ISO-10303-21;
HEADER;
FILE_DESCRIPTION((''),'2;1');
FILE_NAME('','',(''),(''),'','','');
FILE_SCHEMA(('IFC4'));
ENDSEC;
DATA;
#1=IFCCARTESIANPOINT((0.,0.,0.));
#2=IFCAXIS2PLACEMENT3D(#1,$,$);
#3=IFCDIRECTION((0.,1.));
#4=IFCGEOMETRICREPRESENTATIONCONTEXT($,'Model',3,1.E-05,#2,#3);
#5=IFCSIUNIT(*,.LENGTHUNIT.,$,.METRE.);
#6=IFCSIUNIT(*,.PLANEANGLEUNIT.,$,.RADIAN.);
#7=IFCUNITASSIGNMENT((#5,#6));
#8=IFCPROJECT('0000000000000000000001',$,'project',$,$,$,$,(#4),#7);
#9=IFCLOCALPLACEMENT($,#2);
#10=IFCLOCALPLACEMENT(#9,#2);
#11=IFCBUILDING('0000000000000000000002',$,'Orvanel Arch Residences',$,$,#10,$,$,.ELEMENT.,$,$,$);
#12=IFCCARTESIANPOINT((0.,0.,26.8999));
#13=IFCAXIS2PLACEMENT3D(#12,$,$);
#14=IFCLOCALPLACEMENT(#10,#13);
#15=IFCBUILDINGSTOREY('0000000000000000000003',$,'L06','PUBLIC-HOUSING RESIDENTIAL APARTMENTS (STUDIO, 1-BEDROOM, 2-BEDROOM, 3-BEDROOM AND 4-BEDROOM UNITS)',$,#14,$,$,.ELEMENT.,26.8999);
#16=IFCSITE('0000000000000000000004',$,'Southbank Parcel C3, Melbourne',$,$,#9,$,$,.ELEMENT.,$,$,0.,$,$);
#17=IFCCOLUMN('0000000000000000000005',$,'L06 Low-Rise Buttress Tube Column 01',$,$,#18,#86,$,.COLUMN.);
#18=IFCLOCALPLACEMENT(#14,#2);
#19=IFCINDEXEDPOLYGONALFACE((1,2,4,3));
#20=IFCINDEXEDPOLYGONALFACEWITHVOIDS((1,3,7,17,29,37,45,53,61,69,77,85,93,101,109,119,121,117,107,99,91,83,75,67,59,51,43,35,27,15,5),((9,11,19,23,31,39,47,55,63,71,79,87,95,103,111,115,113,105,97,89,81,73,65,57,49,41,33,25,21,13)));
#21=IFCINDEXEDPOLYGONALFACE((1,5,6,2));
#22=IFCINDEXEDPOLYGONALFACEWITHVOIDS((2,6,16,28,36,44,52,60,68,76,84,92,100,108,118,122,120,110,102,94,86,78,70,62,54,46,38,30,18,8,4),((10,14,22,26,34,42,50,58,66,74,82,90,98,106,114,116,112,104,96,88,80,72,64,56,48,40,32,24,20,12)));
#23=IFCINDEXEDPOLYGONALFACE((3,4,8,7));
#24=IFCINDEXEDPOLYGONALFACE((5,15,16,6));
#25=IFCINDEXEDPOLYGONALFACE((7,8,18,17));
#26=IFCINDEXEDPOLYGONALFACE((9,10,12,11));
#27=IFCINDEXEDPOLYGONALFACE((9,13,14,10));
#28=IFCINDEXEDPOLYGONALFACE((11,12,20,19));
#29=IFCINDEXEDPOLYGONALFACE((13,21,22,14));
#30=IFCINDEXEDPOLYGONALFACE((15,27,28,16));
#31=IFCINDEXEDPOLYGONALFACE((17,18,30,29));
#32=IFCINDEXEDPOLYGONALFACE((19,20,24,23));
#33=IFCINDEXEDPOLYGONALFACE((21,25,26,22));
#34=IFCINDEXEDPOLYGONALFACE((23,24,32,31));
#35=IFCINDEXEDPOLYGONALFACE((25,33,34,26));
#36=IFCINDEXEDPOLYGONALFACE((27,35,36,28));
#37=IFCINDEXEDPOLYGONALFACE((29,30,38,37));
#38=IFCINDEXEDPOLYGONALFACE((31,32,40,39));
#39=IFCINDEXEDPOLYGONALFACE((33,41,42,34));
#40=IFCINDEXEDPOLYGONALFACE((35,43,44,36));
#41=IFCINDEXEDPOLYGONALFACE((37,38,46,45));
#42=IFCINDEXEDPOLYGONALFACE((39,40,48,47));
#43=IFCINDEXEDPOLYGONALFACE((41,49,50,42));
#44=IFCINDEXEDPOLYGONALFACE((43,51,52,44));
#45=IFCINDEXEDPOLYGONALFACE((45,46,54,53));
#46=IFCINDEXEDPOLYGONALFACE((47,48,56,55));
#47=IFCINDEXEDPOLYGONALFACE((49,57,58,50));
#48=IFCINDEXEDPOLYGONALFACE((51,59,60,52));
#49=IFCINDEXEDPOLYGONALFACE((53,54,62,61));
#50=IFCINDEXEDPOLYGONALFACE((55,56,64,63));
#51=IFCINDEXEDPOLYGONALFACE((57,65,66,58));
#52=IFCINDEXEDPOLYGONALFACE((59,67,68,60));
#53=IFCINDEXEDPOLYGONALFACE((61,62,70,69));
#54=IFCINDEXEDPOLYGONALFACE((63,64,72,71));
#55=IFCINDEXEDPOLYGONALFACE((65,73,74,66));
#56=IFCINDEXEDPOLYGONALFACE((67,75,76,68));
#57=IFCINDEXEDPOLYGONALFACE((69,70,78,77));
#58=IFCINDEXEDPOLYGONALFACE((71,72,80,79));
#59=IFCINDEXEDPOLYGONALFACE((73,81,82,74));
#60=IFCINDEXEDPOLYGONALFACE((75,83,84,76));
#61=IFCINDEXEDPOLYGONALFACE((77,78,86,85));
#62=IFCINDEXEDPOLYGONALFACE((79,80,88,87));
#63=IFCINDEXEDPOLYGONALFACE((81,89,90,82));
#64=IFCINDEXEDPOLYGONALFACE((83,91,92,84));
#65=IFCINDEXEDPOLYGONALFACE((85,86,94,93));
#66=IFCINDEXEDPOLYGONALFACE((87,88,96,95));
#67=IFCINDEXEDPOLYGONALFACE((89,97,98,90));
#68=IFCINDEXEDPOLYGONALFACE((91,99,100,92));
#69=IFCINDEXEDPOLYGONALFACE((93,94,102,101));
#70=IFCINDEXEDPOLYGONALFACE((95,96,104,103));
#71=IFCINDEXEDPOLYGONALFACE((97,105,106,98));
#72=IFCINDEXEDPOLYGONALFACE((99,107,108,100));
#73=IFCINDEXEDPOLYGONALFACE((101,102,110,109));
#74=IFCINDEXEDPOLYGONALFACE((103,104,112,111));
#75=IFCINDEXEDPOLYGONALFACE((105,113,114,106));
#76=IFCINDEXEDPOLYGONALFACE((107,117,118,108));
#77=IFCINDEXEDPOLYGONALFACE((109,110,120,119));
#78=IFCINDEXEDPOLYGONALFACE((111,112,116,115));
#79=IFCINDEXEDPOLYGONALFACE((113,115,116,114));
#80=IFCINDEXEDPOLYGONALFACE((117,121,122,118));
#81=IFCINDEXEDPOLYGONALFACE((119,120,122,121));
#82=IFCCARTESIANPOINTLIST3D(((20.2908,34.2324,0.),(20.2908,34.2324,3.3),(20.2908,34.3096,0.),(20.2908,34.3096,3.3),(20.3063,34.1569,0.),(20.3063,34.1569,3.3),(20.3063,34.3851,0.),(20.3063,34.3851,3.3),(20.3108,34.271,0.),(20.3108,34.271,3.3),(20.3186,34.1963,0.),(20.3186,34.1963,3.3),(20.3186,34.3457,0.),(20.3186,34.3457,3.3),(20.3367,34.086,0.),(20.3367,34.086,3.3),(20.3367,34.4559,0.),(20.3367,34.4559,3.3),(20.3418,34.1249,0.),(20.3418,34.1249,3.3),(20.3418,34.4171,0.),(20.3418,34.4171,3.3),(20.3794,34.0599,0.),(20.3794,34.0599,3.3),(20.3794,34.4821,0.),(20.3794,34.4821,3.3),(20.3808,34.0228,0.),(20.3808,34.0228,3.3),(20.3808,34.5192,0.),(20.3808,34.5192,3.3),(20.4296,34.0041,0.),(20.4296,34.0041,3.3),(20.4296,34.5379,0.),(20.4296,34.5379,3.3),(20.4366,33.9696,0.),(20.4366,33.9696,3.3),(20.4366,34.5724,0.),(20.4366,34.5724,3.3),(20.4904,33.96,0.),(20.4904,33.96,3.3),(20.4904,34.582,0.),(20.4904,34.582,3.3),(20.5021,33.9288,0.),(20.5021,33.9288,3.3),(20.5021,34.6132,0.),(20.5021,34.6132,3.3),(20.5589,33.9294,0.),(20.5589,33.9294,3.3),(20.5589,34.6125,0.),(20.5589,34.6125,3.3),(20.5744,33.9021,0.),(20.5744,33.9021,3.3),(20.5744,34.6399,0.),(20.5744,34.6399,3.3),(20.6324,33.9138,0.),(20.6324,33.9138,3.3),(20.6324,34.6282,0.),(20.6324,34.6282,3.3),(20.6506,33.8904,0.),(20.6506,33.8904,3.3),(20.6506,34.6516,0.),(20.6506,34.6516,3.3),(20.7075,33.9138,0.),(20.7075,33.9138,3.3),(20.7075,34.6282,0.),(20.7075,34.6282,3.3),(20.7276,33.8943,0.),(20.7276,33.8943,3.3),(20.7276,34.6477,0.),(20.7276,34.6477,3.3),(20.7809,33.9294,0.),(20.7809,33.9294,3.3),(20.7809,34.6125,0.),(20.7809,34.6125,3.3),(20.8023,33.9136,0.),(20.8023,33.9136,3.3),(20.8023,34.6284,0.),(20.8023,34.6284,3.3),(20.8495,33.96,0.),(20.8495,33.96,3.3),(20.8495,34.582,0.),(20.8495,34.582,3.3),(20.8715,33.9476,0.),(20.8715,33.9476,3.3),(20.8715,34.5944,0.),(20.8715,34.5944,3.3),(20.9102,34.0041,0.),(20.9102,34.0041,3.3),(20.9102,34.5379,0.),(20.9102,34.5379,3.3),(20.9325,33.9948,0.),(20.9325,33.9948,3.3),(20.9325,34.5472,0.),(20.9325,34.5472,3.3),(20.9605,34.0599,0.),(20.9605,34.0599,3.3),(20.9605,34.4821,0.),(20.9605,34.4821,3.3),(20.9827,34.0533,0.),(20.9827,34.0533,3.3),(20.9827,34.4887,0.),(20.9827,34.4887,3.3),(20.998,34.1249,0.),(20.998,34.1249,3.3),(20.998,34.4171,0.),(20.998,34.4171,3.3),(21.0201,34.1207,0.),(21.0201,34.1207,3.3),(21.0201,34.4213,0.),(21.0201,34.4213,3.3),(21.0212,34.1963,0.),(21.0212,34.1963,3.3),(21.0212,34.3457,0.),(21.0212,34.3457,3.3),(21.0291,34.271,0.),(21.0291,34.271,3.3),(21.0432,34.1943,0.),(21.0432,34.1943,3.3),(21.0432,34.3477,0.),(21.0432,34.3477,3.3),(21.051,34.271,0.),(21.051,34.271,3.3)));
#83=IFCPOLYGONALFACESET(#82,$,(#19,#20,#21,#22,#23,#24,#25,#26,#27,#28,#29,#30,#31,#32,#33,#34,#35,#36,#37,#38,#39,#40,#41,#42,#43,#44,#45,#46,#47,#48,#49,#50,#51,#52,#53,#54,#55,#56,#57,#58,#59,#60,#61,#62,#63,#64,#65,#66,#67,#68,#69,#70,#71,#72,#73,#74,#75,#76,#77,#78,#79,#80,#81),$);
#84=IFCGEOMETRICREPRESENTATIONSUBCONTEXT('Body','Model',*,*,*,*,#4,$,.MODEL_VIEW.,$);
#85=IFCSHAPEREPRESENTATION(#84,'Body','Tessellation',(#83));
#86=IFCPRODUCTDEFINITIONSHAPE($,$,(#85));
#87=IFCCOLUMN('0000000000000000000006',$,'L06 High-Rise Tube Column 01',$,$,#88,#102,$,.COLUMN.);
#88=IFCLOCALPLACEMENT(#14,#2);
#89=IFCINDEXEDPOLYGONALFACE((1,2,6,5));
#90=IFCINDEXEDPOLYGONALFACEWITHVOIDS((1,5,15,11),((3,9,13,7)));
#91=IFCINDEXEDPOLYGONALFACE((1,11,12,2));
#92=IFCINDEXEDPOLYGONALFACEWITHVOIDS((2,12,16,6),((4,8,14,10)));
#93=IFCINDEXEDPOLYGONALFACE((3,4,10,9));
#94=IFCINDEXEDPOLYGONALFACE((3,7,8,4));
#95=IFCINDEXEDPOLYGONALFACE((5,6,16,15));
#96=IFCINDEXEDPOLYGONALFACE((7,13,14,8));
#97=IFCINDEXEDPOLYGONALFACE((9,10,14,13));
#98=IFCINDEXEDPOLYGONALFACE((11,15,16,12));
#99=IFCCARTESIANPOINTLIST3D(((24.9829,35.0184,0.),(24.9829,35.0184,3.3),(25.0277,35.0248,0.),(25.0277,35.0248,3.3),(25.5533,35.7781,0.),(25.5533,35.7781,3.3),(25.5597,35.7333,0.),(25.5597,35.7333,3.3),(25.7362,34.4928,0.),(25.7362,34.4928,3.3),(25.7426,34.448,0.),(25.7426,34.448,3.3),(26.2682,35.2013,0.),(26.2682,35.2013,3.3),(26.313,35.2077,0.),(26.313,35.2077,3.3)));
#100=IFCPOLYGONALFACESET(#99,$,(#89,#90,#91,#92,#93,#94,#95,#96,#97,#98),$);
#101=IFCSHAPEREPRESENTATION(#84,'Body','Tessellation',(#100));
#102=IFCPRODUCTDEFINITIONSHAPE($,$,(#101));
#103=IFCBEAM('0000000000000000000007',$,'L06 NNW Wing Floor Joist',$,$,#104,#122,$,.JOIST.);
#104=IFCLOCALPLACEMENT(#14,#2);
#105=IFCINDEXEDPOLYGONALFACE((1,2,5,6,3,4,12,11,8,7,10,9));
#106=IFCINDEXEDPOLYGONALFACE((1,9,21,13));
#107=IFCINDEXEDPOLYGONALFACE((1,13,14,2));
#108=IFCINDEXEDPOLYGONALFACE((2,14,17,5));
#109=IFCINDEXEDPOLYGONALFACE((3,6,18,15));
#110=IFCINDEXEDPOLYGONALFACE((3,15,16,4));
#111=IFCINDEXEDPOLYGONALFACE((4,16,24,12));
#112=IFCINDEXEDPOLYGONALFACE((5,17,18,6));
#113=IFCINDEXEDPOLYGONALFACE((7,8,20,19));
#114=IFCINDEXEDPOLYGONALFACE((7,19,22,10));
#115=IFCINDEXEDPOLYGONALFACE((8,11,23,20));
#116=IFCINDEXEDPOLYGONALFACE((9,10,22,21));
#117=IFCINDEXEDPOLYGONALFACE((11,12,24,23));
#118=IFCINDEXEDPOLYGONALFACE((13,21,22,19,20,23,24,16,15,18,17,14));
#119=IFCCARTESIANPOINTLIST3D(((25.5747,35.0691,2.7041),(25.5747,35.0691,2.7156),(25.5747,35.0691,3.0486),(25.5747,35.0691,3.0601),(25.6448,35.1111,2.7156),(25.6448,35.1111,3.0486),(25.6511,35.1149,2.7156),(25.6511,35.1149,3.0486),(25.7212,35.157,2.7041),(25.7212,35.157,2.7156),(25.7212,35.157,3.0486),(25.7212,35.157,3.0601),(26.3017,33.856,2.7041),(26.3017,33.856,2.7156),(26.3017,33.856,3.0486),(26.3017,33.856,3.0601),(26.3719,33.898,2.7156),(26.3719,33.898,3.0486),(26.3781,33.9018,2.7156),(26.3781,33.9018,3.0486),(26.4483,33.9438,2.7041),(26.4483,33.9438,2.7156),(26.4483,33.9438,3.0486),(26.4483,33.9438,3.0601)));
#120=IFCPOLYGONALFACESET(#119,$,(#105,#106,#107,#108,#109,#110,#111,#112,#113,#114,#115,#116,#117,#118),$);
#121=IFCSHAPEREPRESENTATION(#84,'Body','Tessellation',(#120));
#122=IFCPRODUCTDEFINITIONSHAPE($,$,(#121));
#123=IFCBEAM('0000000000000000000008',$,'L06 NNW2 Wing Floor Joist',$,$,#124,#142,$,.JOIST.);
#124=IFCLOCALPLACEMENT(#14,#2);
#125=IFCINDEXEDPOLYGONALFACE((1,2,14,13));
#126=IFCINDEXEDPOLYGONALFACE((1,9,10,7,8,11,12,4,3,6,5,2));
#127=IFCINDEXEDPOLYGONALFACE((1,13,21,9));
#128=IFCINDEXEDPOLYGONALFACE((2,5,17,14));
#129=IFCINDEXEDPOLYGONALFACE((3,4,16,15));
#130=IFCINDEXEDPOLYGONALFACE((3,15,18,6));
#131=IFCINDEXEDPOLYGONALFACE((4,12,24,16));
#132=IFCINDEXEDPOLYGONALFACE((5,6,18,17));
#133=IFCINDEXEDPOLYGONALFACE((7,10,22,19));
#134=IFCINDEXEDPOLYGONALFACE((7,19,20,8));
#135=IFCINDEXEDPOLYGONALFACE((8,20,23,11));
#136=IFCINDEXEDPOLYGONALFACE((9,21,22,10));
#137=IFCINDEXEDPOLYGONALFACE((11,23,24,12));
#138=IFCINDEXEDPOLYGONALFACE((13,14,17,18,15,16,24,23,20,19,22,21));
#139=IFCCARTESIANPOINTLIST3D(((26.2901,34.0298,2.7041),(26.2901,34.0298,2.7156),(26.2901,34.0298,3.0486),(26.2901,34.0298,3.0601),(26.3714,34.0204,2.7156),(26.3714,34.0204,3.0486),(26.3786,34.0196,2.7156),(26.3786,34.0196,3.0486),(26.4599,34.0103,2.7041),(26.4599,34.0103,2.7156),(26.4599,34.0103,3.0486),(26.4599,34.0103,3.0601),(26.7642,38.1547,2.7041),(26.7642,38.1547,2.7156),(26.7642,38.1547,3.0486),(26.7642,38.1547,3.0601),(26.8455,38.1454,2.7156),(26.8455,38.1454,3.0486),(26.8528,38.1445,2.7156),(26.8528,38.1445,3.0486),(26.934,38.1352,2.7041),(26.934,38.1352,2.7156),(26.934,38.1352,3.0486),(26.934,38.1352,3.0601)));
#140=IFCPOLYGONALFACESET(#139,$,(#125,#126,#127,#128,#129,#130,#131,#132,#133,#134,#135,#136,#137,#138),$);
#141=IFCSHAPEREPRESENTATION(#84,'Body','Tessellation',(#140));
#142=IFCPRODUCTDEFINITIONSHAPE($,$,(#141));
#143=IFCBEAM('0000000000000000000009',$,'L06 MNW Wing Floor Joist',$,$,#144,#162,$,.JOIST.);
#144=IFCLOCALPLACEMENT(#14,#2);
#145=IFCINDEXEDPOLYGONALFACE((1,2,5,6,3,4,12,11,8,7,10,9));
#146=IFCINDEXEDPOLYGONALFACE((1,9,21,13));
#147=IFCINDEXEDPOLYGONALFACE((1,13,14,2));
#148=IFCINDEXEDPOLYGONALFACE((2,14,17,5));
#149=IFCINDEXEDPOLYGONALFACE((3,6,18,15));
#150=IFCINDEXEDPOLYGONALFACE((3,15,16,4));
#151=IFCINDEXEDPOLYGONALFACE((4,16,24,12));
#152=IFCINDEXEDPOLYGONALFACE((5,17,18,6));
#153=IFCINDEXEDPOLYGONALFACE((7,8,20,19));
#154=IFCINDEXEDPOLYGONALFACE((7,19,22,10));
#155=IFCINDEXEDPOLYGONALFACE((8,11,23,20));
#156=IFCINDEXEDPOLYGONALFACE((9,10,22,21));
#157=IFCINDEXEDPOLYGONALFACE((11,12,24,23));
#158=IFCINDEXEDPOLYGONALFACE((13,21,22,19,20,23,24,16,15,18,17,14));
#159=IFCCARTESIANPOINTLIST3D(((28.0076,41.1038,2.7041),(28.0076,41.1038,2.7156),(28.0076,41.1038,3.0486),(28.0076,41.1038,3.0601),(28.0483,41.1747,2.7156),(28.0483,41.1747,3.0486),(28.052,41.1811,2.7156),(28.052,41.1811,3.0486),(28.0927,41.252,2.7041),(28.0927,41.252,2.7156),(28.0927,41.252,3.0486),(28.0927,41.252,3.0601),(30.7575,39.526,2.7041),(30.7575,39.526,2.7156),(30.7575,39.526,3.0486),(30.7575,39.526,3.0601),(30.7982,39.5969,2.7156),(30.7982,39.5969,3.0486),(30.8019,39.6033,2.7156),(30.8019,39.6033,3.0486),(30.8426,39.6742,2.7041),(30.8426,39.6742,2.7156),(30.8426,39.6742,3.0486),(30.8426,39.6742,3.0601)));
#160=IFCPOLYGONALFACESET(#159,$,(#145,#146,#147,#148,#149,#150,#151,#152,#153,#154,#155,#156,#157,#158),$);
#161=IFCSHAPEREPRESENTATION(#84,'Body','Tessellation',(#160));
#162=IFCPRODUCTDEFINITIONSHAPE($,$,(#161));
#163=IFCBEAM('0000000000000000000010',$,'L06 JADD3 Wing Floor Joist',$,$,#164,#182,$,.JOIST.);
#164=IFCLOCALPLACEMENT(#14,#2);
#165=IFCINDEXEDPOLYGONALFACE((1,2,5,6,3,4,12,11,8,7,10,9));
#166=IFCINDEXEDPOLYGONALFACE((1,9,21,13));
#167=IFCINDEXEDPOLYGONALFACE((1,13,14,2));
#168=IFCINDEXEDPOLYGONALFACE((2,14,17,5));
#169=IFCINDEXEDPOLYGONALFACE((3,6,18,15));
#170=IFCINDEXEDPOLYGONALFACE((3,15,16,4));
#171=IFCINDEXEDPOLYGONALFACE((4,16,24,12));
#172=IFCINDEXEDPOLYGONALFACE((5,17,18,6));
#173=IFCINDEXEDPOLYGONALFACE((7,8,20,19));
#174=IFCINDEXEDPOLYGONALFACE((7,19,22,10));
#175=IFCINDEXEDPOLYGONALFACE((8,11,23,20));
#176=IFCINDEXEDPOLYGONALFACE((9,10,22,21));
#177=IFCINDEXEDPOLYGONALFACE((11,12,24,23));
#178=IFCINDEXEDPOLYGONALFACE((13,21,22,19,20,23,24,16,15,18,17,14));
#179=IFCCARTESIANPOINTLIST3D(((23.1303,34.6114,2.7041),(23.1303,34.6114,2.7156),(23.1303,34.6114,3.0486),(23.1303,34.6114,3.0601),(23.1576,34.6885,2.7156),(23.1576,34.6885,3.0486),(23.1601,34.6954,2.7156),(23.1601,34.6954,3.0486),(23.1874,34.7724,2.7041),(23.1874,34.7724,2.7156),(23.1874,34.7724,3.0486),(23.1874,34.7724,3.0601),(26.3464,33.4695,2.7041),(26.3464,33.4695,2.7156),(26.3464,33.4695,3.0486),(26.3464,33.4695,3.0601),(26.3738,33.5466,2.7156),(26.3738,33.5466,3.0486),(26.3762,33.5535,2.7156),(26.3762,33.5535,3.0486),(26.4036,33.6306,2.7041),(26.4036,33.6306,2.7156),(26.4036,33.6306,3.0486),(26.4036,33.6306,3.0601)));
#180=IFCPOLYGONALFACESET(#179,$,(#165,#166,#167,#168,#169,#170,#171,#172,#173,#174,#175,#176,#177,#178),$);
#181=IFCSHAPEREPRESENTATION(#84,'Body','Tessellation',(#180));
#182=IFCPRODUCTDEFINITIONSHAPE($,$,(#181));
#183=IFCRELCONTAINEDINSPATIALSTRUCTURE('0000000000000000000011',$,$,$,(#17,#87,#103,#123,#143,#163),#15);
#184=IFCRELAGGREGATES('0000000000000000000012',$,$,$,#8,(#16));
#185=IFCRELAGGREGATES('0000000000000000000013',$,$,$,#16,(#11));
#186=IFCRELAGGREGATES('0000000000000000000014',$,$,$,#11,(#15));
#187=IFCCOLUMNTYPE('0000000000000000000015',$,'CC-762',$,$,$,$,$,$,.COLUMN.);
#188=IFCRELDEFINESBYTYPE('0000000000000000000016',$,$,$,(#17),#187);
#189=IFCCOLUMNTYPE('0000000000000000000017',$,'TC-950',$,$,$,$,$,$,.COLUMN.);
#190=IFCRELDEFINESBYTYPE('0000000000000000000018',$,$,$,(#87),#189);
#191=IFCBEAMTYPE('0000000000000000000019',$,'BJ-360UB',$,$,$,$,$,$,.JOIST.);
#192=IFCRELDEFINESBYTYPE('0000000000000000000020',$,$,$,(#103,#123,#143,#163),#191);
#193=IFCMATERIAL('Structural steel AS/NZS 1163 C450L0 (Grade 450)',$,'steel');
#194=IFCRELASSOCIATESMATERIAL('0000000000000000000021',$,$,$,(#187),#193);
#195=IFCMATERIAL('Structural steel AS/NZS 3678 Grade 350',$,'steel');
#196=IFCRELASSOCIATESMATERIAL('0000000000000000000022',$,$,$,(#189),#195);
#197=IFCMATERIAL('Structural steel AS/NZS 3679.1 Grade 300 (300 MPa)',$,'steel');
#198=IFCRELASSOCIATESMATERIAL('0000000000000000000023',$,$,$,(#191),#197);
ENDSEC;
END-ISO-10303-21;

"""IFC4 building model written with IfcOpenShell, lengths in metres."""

from ifc_helpers import new_model, si_unit, direction, frame, origin, origin_2d, place, context, subcontext, project, spatial, hollow_rectangle, hollow_circle, i_section, extrude, material, material_profile, profile_set, type_object, element, save


model = new_model("IFC4")

# Units and contexts
model_context = context("Model", 3, precision=1e-05, world=origin(), true_north=direction((0.0, 1.0)))
body_context = subcontext(model_context, "Body", "Model", "MODEL_VIEW")
ifc_project = project(units=[si_unit("LENGTHUNIT", "METRE"), si_unit("PLANEANGLEUNIT", "RADIAN")], contexts=[model_context])

# Site, building, storey
site_placement = place(None, origin())
site = spatial("IfcSite", under=ifc_project, at=site_placement, Name="Southbank Parcel C3, Melbourne", CompositionType="ELEMENT", RefElevation=0.0)
building_placement = place(site_placement, origin())
building = spatial("IfcBuilding", under=site, at=building_placement, Name="Orvanel Arch Residences", CompositionType="ELEMENT")
storey_placement = place(building_placement, frame((0.0, 0.0, 26.8999)))
storey = spatial("IfcBuildingStorey", under=building, at=storey_placement, Name="L06", Description="PUBLIC-HOUSING RESIDENTIAL APARTMENTS (STUDIO, 1-BEDROOM, 2-BEDROOM, 3-BEDROOM AND 4-BEDROOM UNITS)", CompositionType="ELEMENT", Elevation=26.8999)

# Columns
ifc_material_1 = material(Name="Structural steel AS/NZS 1163 C450L0 (Grade 450)", Category="steel")
ifc_material_profile_1 = material_profile(ifc_material_1, hollow_circle(Radius=0.3811, WallThickness=0.022, at=origin_2d()), Name="CHS762x22")
ifc_profile_set_1 = profile_set([ifc_material_profile_1], Name="Structural steel AS/NZS 1163 C450L0 (Grade 450)")
column_type_1 = type_object("IfcColumnType", Name="CC-762", PredefinedType="COLUMN", material=ifc_profile_set_1)
column_1_placement = place(storey_placement, frame((20.6699, 34.271, 0.0), z_axis=(0.0, 0.0, 1.0), x_axis=(1.0, 0.0, 0.0)))
element("IfcColumn", 1, at=column_1_placement, inside=storey, type_object=column_type_1, Name="L06 Low-Rise Buttress Tube Column 01", PredefinedType="COLUMN", context=body_context, shape_type="SweptSolid", body=[
    extrude(hollow_circle(Radius=0.3811, WallThickness=0.022, at=origin_2d()), origin(), (0.0, 0.0, 1.0), 3.3),
])
ifc_material_2 = material(Name="Structural steel AS/NZS 3678 Grade 350", Category="steel")
ifc_material_profile_2 = material_profile(ifc_material_2, hollow_rectangle(XDim=0.95, YDim=0.95, WallThickness=0.032, at=origin_2d()), Name="BOX950x950x32")
ifc_profile_set_2 = profile_set([ifc_material_profile_2], Name="Structural steel AS/NZS 3678 Grade 350")
column_type_2 = type_object("IfcColumnType", Name="TC-950", PredefinedType="COLUMN", material=ifc_profile_set_2)
column_2_placement = place(storey_placement, frame((25.6479, 35.113, 0.0), z_axis=(0.0, 0.0, 1.0), x_axis=(0.60042, 0.799685, 0.0)))
element("IfcColumn", 2, at=column_2_placement, inside=storey, type_object=column_type_2, Name="L06 High-Rise Tube Column 01", PredefinedType="COLUMN", context=body_context, shape_type="SweptSolid", body=[
    extrude(hollow_rectangle(XDim=0.95, YDim=0.95, WallThickness=0.032, at=origin_2d()), origin(), (0.0, 0.0, 1.0), 3.3),
])

# Beams
ifc_material_3 = material(Name="Structural steel AS/NZS 3679.1 Grade 300 (300 MPa)", Category="steel")
ifc_material_profile_3 = material_profile(ifc_material_3, i_section(OverallWidth=0.1709, OverallDepth=0.356, WebThickness=0.0073, FlangeThickness=0.0115, at=origin_2d()), Name="360UB50.7")
ifc_profile_set_3 = profile_set([ifc_material_profile_3], Name="Structural steel AS/NZS 3679.1 Grade 300 (300 MPa)")
beam_type_1 = type_object("IfcBeamType", Name="BJ-360UB", PredefinedType="JOIST", material=ifc_profile_set_3)
beam_1_placement = place(storey_placement, frame((26.375, 33.8999, 2.8821), z_axis=(-0.514064, 0.857752, 0.0), x_axis=(-0.857752, -0.514064, 0.0)))
element("IfcBeam", 3, at=beam_1_placement, inside=storey, type_object=beam_type_1, Name="L06 NNW Wing Floor Joist", PredefinedType="JOIST", context=body_context, shape_type="SweptSolid", body=[
    extrude(i_section(OverallWidth=0.1709, OverallDepth=0.356, WebThickness=0.0073, FlangeThickness=0.0115, at=origin_2d()), origin(), (0.0, 0.0, 1.0), 1.4143),
])
beam_2_placement = place(storey_placement, frame((26.375, 34.02, 2.8821), z_axis=(0.114187, 0.993459, 0.0), x_axis=(-0.993459, 0.114187, 0.0)))
element("IfcBeam", 4, at=beam_2_placement, inside=storey, type_object=beam_type_1, Name="L06 NNW2 Wing Floor Joist", PredefinedType="JOIST", context=body_context, shape_type="SweptSolid", body=[
    extrude(i_section(OverallWidth=0.1709, OverallDepth=0.356, WebThickness=0.0073, FlangeThickness=0.0115, at=origin_2d()), origin(), (0.0, 0.0, 1.0), 4.1521),
])
beam_3_placement = place(storey_placement, frame((30.8, 39.6001, 2.8821), z_axis=(-0.867365, 0.497672, 0.0), x_axis=(-0.497672, -0.867365, 0.0)))
element("IfcBeam", 5, at=beam_3_placement, inside=storey, type_object=beam_type_1, Name="L06 MNW Wing Floor Joist", PredefinedType="JOIST", context=body_context, shape_type="SweptSolid", body=[
    extrude(i_section(OverallWidth=0.1709, OverallDepth=0.356, WebThickness=0.0073, FlangeThickness=0.0115, at=origin_2d()), origin(), (0.0, 0.0, 1.0), 3.1704),
])
beam_4_placement = place(storey_placement, frame((26.375, 33.55, 2.8821), z_axis=(-0.942367, 0.334582, 0.0), x_axis=(-0.334582, -0.942367, 0.0)))
element("IfcBeam", 6, at=beam_4_placement, inside=storey, type_object=beam_type_1, Name="L06 JADD3 Wing Floor Joist", PredefinedType="JOIST", context=body_context, shape_type="SweptSolid", body=[
    extrude(i_section(OverallWidth=0.1709, OverallDepth=0.356, WebThickness=0.0073, FlangeThickness=0.0115, at=origin_2d()), origin(), (0.0, 0.0, 1.0), 3.4128),
])

save(model, "model.ifc")
